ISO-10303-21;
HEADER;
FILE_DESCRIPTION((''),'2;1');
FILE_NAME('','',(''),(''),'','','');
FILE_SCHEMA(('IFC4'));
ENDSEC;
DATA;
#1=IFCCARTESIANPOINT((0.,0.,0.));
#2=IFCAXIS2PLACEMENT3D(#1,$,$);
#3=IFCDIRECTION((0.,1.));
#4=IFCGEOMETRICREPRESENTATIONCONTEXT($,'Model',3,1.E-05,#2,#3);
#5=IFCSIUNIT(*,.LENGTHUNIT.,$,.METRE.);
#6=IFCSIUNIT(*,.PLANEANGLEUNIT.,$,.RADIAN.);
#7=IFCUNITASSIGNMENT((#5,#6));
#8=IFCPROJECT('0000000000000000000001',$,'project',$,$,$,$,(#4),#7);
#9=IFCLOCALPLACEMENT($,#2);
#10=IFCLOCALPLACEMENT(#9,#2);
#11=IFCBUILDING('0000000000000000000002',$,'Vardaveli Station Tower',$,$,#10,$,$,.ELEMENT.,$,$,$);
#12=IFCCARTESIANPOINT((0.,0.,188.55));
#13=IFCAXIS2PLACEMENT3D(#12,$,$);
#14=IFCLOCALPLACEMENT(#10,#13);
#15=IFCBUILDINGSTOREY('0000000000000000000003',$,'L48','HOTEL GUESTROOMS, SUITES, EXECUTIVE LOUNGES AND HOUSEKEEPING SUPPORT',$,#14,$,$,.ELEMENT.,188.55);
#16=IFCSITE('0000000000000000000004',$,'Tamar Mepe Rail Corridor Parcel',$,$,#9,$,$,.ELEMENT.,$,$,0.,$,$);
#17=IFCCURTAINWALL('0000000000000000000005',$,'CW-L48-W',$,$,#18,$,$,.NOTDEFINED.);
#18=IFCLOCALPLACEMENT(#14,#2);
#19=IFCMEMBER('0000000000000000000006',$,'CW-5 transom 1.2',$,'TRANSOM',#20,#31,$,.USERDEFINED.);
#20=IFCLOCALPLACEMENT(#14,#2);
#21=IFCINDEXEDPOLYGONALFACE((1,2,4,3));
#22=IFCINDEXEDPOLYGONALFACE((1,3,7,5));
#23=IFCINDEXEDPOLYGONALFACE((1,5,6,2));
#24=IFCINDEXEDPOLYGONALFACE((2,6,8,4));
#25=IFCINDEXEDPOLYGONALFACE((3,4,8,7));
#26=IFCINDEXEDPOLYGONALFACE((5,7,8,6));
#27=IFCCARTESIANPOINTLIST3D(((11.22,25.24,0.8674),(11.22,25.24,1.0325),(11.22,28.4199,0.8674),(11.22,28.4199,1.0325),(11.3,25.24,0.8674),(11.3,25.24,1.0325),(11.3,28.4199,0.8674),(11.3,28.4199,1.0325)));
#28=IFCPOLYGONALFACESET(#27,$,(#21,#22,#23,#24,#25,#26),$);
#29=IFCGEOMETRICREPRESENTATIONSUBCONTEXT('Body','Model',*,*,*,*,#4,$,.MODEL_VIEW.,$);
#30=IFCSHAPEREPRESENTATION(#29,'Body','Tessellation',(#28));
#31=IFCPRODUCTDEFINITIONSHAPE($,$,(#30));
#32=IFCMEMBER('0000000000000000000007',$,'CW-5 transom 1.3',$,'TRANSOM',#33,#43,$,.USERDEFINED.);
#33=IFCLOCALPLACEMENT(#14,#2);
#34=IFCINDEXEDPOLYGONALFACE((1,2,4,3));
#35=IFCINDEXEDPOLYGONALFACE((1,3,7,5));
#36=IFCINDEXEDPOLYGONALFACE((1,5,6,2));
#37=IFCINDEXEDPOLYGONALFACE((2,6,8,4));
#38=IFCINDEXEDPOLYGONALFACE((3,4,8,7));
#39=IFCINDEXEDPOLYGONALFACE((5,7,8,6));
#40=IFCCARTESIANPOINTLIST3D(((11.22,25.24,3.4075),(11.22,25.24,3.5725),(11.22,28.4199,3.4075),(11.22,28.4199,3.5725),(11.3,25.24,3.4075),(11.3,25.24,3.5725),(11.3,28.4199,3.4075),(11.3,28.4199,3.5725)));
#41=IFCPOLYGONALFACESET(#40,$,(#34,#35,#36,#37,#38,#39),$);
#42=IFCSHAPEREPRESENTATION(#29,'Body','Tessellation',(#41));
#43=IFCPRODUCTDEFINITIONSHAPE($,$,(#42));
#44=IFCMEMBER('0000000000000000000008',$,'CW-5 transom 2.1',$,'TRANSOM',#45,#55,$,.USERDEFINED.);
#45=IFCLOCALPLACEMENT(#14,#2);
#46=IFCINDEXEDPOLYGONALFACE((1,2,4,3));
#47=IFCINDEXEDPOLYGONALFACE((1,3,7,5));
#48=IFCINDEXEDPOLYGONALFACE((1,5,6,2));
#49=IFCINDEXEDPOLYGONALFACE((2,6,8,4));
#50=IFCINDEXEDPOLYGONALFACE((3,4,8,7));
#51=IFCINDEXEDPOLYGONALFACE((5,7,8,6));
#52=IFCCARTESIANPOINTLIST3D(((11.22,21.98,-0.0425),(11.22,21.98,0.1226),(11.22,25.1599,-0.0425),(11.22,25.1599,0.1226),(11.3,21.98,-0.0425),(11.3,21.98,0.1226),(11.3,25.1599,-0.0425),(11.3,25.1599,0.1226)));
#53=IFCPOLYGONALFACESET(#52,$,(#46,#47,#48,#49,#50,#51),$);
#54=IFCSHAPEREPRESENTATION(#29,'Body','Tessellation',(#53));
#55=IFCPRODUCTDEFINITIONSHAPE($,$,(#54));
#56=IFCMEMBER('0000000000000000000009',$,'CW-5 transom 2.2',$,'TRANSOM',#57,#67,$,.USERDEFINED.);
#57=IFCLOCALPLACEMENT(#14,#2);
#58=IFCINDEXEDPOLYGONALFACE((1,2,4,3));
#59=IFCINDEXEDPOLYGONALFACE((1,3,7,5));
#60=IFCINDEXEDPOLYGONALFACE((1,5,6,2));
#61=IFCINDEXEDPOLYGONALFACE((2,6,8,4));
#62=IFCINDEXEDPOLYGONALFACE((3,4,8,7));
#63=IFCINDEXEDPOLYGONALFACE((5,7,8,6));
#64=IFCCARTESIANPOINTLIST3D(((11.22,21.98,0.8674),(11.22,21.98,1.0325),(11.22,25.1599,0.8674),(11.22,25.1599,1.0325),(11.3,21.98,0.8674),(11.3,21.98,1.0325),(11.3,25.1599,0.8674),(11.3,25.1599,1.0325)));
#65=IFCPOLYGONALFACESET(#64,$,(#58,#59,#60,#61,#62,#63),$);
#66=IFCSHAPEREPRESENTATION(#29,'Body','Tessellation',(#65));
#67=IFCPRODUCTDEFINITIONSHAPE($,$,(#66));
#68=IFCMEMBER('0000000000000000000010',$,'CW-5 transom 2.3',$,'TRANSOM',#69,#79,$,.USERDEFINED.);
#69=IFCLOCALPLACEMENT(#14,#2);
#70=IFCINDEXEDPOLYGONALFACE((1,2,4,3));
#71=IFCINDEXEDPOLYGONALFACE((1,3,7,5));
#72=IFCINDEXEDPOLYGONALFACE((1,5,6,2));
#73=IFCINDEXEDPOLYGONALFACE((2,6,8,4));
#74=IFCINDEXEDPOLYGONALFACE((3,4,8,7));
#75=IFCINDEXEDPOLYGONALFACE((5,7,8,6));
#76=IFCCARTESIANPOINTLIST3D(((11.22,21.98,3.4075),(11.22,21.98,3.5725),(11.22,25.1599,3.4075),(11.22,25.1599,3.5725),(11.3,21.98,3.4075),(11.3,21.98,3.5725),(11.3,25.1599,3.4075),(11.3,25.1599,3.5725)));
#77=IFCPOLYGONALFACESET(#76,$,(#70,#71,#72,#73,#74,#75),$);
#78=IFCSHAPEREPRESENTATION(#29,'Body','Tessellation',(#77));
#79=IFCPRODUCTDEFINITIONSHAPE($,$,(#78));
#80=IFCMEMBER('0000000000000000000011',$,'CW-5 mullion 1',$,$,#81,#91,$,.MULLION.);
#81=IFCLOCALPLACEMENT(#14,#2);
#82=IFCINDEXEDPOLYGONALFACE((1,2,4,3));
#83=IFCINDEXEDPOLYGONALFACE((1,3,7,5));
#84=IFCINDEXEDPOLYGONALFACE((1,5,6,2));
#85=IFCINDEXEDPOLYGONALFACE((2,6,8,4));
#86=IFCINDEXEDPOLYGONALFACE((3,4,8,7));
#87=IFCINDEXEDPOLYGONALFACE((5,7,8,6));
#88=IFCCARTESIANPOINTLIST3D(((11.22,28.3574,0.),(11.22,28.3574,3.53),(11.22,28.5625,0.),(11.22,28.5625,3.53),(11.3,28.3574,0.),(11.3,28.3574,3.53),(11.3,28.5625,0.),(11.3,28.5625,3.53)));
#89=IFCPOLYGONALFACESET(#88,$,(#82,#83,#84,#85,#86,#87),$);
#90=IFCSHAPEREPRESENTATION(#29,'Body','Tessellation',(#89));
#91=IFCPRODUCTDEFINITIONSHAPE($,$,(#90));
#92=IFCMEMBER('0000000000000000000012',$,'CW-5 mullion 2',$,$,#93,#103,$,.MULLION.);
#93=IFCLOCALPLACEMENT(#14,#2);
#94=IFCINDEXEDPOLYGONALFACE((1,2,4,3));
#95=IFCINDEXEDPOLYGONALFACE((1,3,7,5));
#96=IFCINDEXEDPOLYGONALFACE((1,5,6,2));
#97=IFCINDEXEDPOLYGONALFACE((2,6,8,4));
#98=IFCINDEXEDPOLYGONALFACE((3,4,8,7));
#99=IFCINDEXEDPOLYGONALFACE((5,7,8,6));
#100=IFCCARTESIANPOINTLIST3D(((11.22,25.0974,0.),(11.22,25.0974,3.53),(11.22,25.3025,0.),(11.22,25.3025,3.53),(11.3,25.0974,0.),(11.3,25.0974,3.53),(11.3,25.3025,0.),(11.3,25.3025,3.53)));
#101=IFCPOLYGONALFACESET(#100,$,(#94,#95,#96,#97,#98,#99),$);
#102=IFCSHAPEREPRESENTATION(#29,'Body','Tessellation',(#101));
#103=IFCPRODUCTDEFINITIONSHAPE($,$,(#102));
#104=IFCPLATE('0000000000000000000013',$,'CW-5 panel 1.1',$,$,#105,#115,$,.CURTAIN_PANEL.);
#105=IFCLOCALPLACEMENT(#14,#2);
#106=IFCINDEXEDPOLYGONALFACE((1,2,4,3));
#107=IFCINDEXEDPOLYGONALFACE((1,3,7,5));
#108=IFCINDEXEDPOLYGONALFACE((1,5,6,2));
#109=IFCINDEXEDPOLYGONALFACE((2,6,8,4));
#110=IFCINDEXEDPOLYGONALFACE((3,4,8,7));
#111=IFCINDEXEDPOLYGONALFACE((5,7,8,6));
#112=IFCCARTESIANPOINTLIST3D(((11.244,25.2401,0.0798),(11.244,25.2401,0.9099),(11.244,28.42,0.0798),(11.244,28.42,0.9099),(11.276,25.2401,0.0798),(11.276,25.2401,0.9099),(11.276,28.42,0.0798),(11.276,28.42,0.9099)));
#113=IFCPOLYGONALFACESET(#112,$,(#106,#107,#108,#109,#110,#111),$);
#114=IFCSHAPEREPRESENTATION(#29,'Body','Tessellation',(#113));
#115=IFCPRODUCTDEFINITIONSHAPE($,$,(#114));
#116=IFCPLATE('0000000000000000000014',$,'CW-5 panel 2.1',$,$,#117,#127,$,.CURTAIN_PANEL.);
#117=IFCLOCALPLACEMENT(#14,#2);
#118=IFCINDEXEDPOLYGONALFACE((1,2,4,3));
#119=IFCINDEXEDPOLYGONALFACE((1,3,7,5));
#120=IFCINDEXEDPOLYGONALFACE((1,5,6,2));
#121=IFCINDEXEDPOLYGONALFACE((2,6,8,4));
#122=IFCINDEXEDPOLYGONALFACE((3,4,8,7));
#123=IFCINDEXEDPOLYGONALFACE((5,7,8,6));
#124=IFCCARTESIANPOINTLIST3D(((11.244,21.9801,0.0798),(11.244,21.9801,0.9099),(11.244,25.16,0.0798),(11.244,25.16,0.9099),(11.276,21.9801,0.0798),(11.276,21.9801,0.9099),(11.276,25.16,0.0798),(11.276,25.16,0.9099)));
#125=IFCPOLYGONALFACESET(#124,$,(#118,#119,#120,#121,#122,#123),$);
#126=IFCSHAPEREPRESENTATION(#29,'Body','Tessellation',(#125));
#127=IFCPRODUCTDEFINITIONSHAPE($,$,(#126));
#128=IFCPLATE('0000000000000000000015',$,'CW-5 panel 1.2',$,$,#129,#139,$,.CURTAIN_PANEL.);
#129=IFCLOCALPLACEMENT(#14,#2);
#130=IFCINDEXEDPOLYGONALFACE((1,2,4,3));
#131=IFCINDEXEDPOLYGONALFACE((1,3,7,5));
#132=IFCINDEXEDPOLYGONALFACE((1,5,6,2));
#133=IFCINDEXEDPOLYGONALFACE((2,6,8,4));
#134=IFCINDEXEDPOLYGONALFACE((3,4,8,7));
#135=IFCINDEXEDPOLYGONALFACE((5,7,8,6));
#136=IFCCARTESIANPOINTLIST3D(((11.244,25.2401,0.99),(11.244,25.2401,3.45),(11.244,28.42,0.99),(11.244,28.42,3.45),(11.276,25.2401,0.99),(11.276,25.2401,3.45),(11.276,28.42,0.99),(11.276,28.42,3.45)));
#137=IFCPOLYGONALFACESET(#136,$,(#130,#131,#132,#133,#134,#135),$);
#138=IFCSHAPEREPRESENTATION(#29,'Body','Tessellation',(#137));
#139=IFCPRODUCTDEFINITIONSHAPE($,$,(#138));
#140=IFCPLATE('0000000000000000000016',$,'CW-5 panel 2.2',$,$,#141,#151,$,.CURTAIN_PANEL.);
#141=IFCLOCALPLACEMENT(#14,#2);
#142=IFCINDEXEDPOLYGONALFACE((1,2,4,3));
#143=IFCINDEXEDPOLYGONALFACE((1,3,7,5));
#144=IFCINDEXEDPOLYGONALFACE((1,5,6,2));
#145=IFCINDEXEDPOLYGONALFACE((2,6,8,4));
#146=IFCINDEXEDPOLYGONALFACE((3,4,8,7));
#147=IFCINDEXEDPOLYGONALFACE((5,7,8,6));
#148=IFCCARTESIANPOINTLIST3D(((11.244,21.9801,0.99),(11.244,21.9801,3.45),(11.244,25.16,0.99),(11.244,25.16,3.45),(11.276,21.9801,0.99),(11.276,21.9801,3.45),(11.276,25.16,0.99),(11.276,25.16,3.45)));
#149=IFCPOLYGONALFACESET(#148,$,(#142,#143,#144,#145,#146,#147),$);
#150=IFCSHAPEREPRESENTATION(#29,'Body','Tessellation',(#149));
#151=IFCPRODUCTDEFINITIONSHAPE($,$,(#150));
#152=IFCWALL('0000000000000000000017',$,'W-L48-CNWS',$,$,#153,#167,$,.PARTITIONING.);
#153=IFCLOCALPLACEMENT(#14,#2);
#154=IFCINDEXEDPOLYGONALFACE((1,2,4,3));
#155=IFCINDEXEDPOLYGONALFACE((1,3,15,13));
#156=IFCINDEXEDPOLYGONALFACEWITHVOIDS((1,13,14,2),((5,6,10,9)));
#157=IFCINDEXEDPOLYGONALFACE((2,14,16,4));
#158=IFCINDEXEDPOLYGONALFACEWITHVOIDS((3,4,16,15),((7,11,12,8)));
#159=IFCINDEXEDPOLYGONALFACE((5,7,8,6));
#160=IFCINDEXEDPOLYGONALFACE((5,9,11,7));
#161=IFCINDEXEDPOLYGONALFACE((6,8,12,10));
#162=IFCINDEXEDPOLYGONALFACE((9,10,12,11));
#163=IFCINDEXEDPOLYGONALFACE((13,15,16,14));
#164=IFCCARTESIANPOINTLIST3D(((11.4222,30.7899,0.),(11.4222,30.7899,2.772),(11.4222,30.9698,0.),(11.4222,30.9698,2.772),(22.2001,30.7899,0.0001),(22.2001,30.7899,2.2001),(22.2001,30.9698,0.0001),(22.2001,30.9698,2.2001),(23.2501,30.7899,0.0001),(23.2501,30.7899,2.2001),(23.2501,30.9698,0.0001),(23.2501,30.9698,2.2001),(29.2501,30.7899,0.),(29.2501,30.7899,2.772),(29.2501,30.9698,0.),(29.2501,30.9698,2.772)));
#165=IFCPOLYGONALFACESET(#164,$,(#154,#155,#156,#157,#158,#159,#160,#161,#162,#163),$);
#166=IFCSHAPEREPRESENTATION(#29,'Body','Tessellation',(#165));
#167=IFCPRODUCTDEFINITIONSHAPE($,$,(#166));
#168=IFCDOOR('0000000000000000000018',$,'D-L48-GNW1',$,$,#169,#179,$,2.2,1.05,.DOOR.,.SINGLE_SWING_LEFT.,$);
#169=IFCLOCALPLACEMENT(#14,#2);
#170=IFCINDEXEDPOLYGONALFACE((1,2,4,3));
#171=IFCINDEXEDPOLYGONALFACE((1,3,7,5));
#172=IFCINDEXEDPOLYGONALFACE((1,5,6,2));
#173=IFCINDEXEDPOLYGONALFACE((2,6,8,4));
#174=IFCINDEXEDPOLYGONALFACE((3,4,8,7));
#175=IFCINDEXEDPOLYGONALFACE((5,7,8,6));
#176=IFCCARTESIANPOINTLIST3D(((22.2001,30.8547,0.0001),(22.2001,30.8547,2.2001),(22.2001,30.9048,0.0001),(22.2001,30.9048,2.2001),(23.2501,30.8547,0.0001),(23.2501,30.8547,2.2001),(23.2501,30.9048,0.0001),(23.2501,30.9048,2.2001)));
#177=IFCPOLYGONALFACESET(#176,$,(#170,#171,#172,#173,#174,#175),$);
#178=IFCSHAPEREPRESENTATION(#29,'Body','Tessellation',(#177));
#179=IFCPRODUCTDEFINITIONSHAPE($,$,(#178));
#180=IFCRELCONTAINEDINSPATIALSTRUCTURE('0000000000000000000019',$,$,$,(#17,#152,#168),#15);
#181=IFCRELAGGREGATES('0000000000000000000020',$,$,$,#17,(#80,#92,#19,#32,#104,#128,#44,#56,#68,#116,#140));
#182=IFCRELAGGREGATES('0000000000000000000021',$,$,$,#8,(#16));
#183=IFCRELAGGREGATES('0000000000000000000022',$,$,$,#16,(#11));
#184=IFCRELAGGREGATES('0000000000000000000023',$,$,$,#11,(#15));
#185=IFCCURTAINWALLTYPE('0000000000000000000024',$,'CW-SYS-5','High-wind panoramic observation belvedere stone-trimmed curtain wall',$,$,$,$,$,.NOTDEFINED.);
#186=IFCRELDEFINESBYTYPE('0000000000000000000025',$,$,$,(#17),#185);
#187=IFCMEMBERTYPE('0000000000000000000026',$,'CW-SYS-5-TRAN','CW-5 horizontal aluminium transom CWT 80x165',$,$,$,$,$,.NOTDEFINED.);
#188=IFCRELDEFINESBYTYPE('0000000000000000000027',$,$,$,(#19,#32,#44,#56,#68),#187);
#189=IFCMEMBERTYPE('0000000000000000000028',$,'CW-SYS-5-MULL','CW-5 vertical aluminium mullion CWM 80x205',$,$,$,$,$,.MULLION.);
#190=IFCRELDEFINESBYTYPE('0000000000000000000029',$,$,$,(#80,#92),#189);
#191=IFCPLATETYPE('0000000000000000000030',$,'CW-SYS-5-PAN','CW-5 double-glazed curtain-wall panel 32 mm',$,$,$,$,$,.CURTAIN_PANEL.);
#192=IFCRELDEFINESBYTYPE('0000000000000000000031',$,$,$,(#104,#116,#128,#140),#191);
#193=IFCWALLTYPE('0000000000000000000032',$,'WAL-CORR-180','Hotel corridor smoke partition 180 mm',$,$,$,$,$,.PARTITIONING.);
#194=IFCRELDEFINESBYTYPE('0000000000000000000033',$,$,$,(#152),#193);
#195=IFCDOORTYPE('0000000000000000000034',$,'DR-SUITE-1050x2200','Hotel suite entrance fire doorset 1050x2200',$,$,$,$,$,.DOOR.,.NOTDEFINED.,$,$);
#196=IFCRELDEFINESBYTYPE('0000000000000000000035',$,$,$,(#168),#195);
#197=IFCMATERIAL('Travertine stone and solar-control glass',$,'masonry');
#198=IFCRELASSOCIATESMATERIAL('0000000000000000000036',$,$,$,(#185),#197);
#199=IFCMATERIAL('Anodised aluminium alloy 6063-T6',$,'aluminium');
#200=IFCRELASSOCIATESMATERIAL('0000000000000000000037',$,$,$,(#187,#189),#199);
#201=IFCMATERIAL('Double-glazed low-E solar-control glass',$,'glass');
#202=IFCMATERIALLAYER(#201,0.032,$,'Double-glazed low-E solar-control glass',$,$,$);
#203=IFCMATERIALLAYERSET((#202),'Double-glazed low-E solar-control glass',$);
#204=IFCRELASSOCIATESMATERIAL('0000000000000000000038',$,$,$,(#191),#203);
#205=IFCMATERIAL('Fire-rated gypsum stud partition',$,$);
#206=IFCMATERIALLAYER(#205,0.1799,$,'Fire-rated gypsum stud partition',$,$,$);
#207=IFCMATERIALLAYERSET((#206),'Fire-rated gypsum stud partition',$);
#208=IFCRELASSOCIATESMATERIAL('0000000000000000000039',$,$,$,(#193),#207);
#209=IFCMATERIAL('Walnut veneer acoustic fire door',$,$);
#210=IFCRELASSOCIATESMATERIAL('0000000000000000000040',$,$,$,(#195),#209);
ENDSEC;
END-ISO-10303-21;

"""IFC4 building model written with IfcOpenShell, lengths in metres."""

from ifc_helpers import new_model, si_unit, direction, frame, frame_2d, origin, origin_2d, place, context, subcontext, project, spatial, rectangle, extrude, source, transform, mapped, material, layer, layer_set, material_profile, profile_set, type_object, element, fill, aggregate, save


model = new_model("IFC4")

# Units and contexts
model_context = context("Model", 3, precision=1e-05, world=origin(), true_north=direction((0.0, 1.0)))
body_context = subcontext(model_context, "Body", "Model", "MODEL_VIEW")
ifc_project = project(units=[si_unit("LENGTHUNIT", "METRE"), si_unit("PLANEANGLEUNIT", "RADIAN")], contexts=[model_context])

# Site, building, storey
site_placement = place(None, origin())
site = spatial("IfcSite", under=ifc_project, at=site_placement, Name="Tamar Mepe Rail Corridor Parcel", CompositionType="ELEMENT", RefElevation=0.0)
building_placement = place(site_placement, origin())
building = spatial("IfcBuilding", under=site, at=building_placement, Name="Vardaveli Station Tower", CompositionType="ELEMENT")
storey_placement = place(building_placement, frame((0.0, 0.0, 188.55)))
storey = spatial("IfcBuildingStorey", under=building, at=storey_placement, Name="L48", Description="HOTEL GUESTROOMS, SUITES, EXECUTIVE LOUNGES AND HOUSEKEEPING SUPPORT", CompositionType="ELEMENT", Elevation=188.55)

# Curtain wall, members, plates
ifc_material_1 = material(Name="Travertine stone and solar-control glass", Category="masonry")
curtain_wall_type = type_object("IfcCurtainWallType", Name="CW-SYS-5", Description="High-wind panoramic observation belvedere stone-trimmed curtain wall", PredefinedType="NOTDEFINED", material=ifc_material_1)
curtain_wall_placement = place(storey_placement, origin())
curtain_wall = element("IfcCurtainWall", 1, at=curtain_wall_placement, inside=storey, type_object=curtain_wall_type, Name="CW-L48-W", PredefinedType="NOTDEFINED")
ifc_material_2 = material(Name="Anodised aluminium alloy 6063-T6", Category="aluminium")
ifc_material_profile_1 = material_profile(ifc_material_2, rectangle(XDim=0.0801, YDim=0.165, at=origin_2d()), Name="CWT 80x165")
ifc_profile_set_1 = profile_set([ifc_material_profile_1], Name="Anodised aluminium alloy 6063-T6")
member_type_1 = type_object("IfcMemberType", Name="CW-SYS-5-TRAN", Description="CW-5 horizontal aluminium transom CWT 80x165", PredefinedType="NOTDEFINED", material=ifc_profile_set_1)
shared_shape_1 = source(origin(), body_context, "Body", "SweptSolid", [
    extrude(rectangle(XDim=0.0801, YDim=0.165, at=origin_2d()), origin(), (0.0, 0.0, 1.0), 3.1799),
])
member_1_placement = place(storey_placement, frame((11.26, 28.4199, 0.95), z_axis=(0.0, -1.0, 0.0), x_axis=(1.0, 0.0, 0.0)))
member_1 = element("IfcMember", 2, at=member_1_placement, type_object=member_type_1, Name="CW-5 transom 1.2", ObjectType="TRANSOM", PredefinedType="USERDEFINED", context=body_context, shape_type="MappedRepresentation", body=[
    mapped(shared_shape_1, transform((0.0, 0.0, 0.0), scale=1.0)),
])
member_2_placement = place(storey_placement, frame((11.26, 28.4199, 3.49), z_axis=(0.0, -1.0, 0.0), x_axis=(1.0, 0.0, 0.0)))
member_2 = element("IfcMember", 3, at=member_2_placement, type_object=member_type_1, Name="CW-5 transom 1.3", ObjectType="TRANSOM", PredefinedType="USERDEFINED", context=body_context, shape_type="MappedRepresentation", body=[
    mapped(shared_shape_1, transform((0.0, 0.0, 0.0), scale=1.0)),
])
member_3_placement = place(storey_placement, frame((11.26, 25.1599, 0.04), z_axis=(0.0, -1.0, 0.0), x_axis=(1.0, 0.0, 0.0)))
member_3 = element("IfcMember", 4, at=member_3_placement, type_object=member_type_1, Name="CW-5 transom 2.1", ObjectType="TRANSOM", PredefinedType="USERDEFINED", context=body_context, shape_type="MappedRepresentation", body=[
    mapped(shared_shape_1, transform((0.0, 0.0, 0.0), scale=1.0)),
])
member_4_placement = place(storey_placement, frame((11.26, 25.1599, 0.95), z_axis=(0.0, -1.0, 0.0), x_axis=(1.0, 0.0, 0.0)))
member_4 = element("IfcMember", 5, at=member_4_placement, type_object=member_type_1, Name="CW-5 transom 2.2", ObjectType="TRANSOM", PredefinedType="USERDEFINED", context=body_context, shape_type="MappedRepresentation", body=[
    mapped(shared_shape_1, transform((0.0, 0.0, 0.0), scale=1.0)),
])
member_5_placement = place(storey_placement, frame((11.26, 25.1599, 3.49), z_axis=(0.0, -1.0, 0.0), x_axis=(1.0, 0.0, 0.0)))
member_5 = element("IfcMember", 6, at=member_5_placement, type_object=member_type_1, Name="CW-5 transom 2.3", ObjectType="TRANSOM", PredefinedType="USERDEFINED", context=body_context, shape_type="MappedRepresentation", body=[
    mapped(shared_shape_1, transform((0.0, 0.0, 0.0), scale=1.0)),
])
ifc_material_profile_2 = material_profile(ifc_material_2, rectangle(XDim=0.0801, YDim=0.2051, at=origin_2d()), Name="CWM 80x205")
ifc_profile_set_2 = profile_set([ifc_material_profile_2], Name="Anodised aluminium alloy 6063-T6")
member_type_2 = type_object("IfcMemberType", Name="CW-SYS-5-MULL", Description="CW-5 vertical aluminium mullion CWM 80x205", PredefinedType="MULLION", material=ifc_profile_set_2)
shared_shape_2 = source(origin(), body_context, "Body", "SweptSolid", [
    extrude(rectangle(XDim=0.0801, YDim=0.2051, at=origin_2d()), origin(), (0.0, 0.0, 1.0), 3.53),
])
member_6_placement = place(storey_placement, frame((11.26, 28.46, 0.0), z_axis=(0.0, 0.0, 1.0), x_axis=(1.0, 0.0, 0.0)))
member_6 = element("IfcMember", 7, at=member_6_placement, type_object=member_type_2, Name="CW-5 mullion 1", PredefinedType="MULLION", context=body_context, shape_type="MappedRepresentation", body=[
    mapped(shared_shape_2, transform((0.0, 0.0, 0.0), scale=1.0)),
])
member_7_placement = place(storey_placement, frame((11.26, 25.2, 0.0), z_axis=(0.0, 0.0, 1.0), x_axis=(1.0, 0.0, 0.0)))
member_7 = element("IfcMember", 8, at=member_7_placement, type_object=member_type_2, Name="CW-5 mullion 2", PredefinedType="MULLION", context=body_context, shape_type="MappedRepresentation", body=[
    mapped(shared_shape_2, transform((0.0, 0.0, 0.0), scale=1.0)),
])
ifc_material_3 = material(Name="Double-glazed low-E solar-control glass", Category="glass")
ifc_layer_1 = layer(ifc_material_3, 0.032, Name="Double-glazed low-E solar-control glass")
ifc_layer_set_1 = layer_set([ifc_layer_1], Name="Double-glazed low-E solar-control glass")
plate_type = type_object("IfcPlateType", Name="CW-SYS-5-PAN", Description="CW-5 double-glazed curtain-wall panel 32 mm", PredefinedType="CURTAIN_PANEL", material=ifc_layer_set_1)
shared_shape_3 = source(origin(), body_context, "Body", "SweptSolid", [
    extrude(rectangle(XDim=3.1799, YDim=0.032, at=origin_2d()), origin(), (0.0, 0.0, 1.0), 0.8301),
])
plate_1_placement = place(storey_placement, frame((11.26, 26.8301, 0.0798), z_axis=(0.0, 0.0, 1.0), x_axis=(0.0, -1.0, 0.0)))
plate_1 = element("IfcPlate", 9, at=plate_1_placement, type_object=plate_type, Name="CW-5 panel 1.1", PredefinedType="CURTAIN_PANEL", context=body_context, shape_type="MappedRepresentation", body=[
    mapped(shared_shape_3, transform((0.0, 0.0, 0.0), scale=1.0)),
])
plate_2_placement = place(storey_placement, frame((11.26, 23.5701, 0.0798), z_axis=(0.0, 0.0, 1.0), x_axis=(0.0, -1.0, 0.0)))
plate_2 = element("IfcPlate", 10, at=plate_2_placement, type_object=plate_type, Name="CW-5 panel 2.1", PredefinedType="CURTAIN_PANEL", context=body_context, shape_type="MappedRepresentation", body=[
    mapped(shared_shape_3, transform((0.0, 0.0, 0.0), scale=1.0)),
])
shared_shape_4 = source(origin(), body_context, "Body", "SweptSolid", [
    extrude(rectangle(XDim=3.1799, YDim=0.032, at=origin_2d()), origin(), (0.0, 0.0, 1.0), 2.46),
])
plate_3_placement = place(storey_placement, frame((11.26, 26.8301, 0.99), z_axis=(0.0, 0.0, 1.0), x_axis=(0.0, -1.0, 0.0)))
plate_3 = element("IfcPlate", 11, at=plate_3_placement, type_object=plate_type, Name="CW-5 panel 1.2", PredefinedType="CURTAIN_PANEL", context=body_context, shape_type="MappedRepresentation", body=[
    mapped(shared_shape_4, transform((0.0, 0.0, 0.0), scale=1.0)),
])
plate_4_placement = place(storey_placement, frame((11.26, 23.5701, 0.99), z_axis=(0.0, 0.0, 1.0), x_axis=(0.0, -1.0, 0.0)))
plate_4 = element("IfcPlate", 12, at=plate_4_placement, type_object=plate_type, Name="CW-5 panel 2.2", PredefinedType="CURTAIN_PANEL", context=body_context, shape_type="MappedRepresentation", body=[
    mapped(shared_shape_4, transform((0.0, 0.0, 0.0), scale=1.0)),
])
aggregate(curtain_wall, [member_6, member_7, member_1, member_2, plate_1, plate_3, member_3, member_4, member_5, plate_2, plate_4])

# Wall, opening, door
ifc_material_4 = material(Name="Fire-rated gypsum stud partition")
ifc_layer_2 = layer(ifc_material_4, 0.1799, Name="Fire-rated gypsum stud partition")
ifc_layer_set_2 = layer_set([ifc_layer_2], Name="Fire-rated gypsum stud partition")
wall_type = type_object("IfcWallType", Name="WAL-CORR-180", Description="Hotel corridor smoke partition 180 mm", PredefinedType="PARTITIONING", material=ifc_layer_set_2)
shared_shape_5 = source(origin(), body_context, "Body", "SweptSolid", [
    extrude(rectangle(XDim=17.8279, YDim=0.1799, at=frame_2d((8.9141, 0.0))), origin(), (0.0, 0.0, 1.0), 2.772),
])
wall_1_placement = place(storey_placement, frame((11.4221, 30.8799, 0.0), z_axis=(0.0, 0.0, 1.0), x_axis=(1.0, 0.0, 0.0)))
wall_1 = element("IfcWall", 13, at=wall_1_placement, inside=storey, type_object=wall_type, Name="W-L48-CNWS", PredefinedType="PARTITIONING", context=body_context, shape_type="MappedRepresentation", body=[
    mapped(shared_shape_5, transform((0.0, 0.0, 0.0), scale=1.0)),
])
shared_shape_6 = source(origin(), body_context, "Body", "SweptSolid", [
    extrude(rectangle(XDim=1.05, YDim=2.2, at=frame_2d((0.5249, 1.1001))), frame((0.0, 0.1001, 0.0), z_axis=(0.0, -1.0, 0.0), x_axis=(1.0, 0.0, 0.0)), (0.0, 0.0, 1.0), 0.2),
])
opening_placement = place(wall_1_placement, frame((10.7781, 0.0, 0.0)))
opening = element("IfcOpeningElement", 14, at=opening_placement, cuts=wall_1, PredefinedType="OPENING", context=body_context, shape_type="MappedRepresentation", body=[
    mapped(shared_shape_6, transform((0.0, 0.0, 0.0), scale=1.0)),
])
ifc_material_5 = material(Name="Walnut veneer acoustic fire door")
door_type = type_object("IfcDoorType", Name="DR-SUITE-1050x2200", Description="Hotel suite entrance fire doorset 1050x2200", OperationType="NOTDEFINED", PredefinedType="DOOR", material=ifc_material_5)
shared_shape_7 = source(origin(), body_context, "Body", "SweptSolid", [
    extrude(rectangle(XDim=1.05, YDim=2.2, at=frame_2d((0.5249, 1.1001))), frame((0.0, 0.0249, 0.0), z_axis=(0.0, -1.0, 0.0), x_axis=(1.0, 0.0, 0.0)), (0.0, 0.0, 1.0), 0.05),
])
door_placement = place(opening_placement, origin())
door = element("IfcDoor", 15, at=door_placement, inside=storey, type_object=door_type, Name="D-L48-GNW1", OperationType="SINGLE_SWING_LEFT", OverallHeight=2.2, OverallWidth=1.05, PredefinedType="DOOR", context=body_context, shape_type="MappedRepresentation", body=[
    mapped(shared_shape_7, transform((0.0, 0.0, 0.0), scale=1.0)),
])
fill(opening, door)

save(model, "model.ifc")
